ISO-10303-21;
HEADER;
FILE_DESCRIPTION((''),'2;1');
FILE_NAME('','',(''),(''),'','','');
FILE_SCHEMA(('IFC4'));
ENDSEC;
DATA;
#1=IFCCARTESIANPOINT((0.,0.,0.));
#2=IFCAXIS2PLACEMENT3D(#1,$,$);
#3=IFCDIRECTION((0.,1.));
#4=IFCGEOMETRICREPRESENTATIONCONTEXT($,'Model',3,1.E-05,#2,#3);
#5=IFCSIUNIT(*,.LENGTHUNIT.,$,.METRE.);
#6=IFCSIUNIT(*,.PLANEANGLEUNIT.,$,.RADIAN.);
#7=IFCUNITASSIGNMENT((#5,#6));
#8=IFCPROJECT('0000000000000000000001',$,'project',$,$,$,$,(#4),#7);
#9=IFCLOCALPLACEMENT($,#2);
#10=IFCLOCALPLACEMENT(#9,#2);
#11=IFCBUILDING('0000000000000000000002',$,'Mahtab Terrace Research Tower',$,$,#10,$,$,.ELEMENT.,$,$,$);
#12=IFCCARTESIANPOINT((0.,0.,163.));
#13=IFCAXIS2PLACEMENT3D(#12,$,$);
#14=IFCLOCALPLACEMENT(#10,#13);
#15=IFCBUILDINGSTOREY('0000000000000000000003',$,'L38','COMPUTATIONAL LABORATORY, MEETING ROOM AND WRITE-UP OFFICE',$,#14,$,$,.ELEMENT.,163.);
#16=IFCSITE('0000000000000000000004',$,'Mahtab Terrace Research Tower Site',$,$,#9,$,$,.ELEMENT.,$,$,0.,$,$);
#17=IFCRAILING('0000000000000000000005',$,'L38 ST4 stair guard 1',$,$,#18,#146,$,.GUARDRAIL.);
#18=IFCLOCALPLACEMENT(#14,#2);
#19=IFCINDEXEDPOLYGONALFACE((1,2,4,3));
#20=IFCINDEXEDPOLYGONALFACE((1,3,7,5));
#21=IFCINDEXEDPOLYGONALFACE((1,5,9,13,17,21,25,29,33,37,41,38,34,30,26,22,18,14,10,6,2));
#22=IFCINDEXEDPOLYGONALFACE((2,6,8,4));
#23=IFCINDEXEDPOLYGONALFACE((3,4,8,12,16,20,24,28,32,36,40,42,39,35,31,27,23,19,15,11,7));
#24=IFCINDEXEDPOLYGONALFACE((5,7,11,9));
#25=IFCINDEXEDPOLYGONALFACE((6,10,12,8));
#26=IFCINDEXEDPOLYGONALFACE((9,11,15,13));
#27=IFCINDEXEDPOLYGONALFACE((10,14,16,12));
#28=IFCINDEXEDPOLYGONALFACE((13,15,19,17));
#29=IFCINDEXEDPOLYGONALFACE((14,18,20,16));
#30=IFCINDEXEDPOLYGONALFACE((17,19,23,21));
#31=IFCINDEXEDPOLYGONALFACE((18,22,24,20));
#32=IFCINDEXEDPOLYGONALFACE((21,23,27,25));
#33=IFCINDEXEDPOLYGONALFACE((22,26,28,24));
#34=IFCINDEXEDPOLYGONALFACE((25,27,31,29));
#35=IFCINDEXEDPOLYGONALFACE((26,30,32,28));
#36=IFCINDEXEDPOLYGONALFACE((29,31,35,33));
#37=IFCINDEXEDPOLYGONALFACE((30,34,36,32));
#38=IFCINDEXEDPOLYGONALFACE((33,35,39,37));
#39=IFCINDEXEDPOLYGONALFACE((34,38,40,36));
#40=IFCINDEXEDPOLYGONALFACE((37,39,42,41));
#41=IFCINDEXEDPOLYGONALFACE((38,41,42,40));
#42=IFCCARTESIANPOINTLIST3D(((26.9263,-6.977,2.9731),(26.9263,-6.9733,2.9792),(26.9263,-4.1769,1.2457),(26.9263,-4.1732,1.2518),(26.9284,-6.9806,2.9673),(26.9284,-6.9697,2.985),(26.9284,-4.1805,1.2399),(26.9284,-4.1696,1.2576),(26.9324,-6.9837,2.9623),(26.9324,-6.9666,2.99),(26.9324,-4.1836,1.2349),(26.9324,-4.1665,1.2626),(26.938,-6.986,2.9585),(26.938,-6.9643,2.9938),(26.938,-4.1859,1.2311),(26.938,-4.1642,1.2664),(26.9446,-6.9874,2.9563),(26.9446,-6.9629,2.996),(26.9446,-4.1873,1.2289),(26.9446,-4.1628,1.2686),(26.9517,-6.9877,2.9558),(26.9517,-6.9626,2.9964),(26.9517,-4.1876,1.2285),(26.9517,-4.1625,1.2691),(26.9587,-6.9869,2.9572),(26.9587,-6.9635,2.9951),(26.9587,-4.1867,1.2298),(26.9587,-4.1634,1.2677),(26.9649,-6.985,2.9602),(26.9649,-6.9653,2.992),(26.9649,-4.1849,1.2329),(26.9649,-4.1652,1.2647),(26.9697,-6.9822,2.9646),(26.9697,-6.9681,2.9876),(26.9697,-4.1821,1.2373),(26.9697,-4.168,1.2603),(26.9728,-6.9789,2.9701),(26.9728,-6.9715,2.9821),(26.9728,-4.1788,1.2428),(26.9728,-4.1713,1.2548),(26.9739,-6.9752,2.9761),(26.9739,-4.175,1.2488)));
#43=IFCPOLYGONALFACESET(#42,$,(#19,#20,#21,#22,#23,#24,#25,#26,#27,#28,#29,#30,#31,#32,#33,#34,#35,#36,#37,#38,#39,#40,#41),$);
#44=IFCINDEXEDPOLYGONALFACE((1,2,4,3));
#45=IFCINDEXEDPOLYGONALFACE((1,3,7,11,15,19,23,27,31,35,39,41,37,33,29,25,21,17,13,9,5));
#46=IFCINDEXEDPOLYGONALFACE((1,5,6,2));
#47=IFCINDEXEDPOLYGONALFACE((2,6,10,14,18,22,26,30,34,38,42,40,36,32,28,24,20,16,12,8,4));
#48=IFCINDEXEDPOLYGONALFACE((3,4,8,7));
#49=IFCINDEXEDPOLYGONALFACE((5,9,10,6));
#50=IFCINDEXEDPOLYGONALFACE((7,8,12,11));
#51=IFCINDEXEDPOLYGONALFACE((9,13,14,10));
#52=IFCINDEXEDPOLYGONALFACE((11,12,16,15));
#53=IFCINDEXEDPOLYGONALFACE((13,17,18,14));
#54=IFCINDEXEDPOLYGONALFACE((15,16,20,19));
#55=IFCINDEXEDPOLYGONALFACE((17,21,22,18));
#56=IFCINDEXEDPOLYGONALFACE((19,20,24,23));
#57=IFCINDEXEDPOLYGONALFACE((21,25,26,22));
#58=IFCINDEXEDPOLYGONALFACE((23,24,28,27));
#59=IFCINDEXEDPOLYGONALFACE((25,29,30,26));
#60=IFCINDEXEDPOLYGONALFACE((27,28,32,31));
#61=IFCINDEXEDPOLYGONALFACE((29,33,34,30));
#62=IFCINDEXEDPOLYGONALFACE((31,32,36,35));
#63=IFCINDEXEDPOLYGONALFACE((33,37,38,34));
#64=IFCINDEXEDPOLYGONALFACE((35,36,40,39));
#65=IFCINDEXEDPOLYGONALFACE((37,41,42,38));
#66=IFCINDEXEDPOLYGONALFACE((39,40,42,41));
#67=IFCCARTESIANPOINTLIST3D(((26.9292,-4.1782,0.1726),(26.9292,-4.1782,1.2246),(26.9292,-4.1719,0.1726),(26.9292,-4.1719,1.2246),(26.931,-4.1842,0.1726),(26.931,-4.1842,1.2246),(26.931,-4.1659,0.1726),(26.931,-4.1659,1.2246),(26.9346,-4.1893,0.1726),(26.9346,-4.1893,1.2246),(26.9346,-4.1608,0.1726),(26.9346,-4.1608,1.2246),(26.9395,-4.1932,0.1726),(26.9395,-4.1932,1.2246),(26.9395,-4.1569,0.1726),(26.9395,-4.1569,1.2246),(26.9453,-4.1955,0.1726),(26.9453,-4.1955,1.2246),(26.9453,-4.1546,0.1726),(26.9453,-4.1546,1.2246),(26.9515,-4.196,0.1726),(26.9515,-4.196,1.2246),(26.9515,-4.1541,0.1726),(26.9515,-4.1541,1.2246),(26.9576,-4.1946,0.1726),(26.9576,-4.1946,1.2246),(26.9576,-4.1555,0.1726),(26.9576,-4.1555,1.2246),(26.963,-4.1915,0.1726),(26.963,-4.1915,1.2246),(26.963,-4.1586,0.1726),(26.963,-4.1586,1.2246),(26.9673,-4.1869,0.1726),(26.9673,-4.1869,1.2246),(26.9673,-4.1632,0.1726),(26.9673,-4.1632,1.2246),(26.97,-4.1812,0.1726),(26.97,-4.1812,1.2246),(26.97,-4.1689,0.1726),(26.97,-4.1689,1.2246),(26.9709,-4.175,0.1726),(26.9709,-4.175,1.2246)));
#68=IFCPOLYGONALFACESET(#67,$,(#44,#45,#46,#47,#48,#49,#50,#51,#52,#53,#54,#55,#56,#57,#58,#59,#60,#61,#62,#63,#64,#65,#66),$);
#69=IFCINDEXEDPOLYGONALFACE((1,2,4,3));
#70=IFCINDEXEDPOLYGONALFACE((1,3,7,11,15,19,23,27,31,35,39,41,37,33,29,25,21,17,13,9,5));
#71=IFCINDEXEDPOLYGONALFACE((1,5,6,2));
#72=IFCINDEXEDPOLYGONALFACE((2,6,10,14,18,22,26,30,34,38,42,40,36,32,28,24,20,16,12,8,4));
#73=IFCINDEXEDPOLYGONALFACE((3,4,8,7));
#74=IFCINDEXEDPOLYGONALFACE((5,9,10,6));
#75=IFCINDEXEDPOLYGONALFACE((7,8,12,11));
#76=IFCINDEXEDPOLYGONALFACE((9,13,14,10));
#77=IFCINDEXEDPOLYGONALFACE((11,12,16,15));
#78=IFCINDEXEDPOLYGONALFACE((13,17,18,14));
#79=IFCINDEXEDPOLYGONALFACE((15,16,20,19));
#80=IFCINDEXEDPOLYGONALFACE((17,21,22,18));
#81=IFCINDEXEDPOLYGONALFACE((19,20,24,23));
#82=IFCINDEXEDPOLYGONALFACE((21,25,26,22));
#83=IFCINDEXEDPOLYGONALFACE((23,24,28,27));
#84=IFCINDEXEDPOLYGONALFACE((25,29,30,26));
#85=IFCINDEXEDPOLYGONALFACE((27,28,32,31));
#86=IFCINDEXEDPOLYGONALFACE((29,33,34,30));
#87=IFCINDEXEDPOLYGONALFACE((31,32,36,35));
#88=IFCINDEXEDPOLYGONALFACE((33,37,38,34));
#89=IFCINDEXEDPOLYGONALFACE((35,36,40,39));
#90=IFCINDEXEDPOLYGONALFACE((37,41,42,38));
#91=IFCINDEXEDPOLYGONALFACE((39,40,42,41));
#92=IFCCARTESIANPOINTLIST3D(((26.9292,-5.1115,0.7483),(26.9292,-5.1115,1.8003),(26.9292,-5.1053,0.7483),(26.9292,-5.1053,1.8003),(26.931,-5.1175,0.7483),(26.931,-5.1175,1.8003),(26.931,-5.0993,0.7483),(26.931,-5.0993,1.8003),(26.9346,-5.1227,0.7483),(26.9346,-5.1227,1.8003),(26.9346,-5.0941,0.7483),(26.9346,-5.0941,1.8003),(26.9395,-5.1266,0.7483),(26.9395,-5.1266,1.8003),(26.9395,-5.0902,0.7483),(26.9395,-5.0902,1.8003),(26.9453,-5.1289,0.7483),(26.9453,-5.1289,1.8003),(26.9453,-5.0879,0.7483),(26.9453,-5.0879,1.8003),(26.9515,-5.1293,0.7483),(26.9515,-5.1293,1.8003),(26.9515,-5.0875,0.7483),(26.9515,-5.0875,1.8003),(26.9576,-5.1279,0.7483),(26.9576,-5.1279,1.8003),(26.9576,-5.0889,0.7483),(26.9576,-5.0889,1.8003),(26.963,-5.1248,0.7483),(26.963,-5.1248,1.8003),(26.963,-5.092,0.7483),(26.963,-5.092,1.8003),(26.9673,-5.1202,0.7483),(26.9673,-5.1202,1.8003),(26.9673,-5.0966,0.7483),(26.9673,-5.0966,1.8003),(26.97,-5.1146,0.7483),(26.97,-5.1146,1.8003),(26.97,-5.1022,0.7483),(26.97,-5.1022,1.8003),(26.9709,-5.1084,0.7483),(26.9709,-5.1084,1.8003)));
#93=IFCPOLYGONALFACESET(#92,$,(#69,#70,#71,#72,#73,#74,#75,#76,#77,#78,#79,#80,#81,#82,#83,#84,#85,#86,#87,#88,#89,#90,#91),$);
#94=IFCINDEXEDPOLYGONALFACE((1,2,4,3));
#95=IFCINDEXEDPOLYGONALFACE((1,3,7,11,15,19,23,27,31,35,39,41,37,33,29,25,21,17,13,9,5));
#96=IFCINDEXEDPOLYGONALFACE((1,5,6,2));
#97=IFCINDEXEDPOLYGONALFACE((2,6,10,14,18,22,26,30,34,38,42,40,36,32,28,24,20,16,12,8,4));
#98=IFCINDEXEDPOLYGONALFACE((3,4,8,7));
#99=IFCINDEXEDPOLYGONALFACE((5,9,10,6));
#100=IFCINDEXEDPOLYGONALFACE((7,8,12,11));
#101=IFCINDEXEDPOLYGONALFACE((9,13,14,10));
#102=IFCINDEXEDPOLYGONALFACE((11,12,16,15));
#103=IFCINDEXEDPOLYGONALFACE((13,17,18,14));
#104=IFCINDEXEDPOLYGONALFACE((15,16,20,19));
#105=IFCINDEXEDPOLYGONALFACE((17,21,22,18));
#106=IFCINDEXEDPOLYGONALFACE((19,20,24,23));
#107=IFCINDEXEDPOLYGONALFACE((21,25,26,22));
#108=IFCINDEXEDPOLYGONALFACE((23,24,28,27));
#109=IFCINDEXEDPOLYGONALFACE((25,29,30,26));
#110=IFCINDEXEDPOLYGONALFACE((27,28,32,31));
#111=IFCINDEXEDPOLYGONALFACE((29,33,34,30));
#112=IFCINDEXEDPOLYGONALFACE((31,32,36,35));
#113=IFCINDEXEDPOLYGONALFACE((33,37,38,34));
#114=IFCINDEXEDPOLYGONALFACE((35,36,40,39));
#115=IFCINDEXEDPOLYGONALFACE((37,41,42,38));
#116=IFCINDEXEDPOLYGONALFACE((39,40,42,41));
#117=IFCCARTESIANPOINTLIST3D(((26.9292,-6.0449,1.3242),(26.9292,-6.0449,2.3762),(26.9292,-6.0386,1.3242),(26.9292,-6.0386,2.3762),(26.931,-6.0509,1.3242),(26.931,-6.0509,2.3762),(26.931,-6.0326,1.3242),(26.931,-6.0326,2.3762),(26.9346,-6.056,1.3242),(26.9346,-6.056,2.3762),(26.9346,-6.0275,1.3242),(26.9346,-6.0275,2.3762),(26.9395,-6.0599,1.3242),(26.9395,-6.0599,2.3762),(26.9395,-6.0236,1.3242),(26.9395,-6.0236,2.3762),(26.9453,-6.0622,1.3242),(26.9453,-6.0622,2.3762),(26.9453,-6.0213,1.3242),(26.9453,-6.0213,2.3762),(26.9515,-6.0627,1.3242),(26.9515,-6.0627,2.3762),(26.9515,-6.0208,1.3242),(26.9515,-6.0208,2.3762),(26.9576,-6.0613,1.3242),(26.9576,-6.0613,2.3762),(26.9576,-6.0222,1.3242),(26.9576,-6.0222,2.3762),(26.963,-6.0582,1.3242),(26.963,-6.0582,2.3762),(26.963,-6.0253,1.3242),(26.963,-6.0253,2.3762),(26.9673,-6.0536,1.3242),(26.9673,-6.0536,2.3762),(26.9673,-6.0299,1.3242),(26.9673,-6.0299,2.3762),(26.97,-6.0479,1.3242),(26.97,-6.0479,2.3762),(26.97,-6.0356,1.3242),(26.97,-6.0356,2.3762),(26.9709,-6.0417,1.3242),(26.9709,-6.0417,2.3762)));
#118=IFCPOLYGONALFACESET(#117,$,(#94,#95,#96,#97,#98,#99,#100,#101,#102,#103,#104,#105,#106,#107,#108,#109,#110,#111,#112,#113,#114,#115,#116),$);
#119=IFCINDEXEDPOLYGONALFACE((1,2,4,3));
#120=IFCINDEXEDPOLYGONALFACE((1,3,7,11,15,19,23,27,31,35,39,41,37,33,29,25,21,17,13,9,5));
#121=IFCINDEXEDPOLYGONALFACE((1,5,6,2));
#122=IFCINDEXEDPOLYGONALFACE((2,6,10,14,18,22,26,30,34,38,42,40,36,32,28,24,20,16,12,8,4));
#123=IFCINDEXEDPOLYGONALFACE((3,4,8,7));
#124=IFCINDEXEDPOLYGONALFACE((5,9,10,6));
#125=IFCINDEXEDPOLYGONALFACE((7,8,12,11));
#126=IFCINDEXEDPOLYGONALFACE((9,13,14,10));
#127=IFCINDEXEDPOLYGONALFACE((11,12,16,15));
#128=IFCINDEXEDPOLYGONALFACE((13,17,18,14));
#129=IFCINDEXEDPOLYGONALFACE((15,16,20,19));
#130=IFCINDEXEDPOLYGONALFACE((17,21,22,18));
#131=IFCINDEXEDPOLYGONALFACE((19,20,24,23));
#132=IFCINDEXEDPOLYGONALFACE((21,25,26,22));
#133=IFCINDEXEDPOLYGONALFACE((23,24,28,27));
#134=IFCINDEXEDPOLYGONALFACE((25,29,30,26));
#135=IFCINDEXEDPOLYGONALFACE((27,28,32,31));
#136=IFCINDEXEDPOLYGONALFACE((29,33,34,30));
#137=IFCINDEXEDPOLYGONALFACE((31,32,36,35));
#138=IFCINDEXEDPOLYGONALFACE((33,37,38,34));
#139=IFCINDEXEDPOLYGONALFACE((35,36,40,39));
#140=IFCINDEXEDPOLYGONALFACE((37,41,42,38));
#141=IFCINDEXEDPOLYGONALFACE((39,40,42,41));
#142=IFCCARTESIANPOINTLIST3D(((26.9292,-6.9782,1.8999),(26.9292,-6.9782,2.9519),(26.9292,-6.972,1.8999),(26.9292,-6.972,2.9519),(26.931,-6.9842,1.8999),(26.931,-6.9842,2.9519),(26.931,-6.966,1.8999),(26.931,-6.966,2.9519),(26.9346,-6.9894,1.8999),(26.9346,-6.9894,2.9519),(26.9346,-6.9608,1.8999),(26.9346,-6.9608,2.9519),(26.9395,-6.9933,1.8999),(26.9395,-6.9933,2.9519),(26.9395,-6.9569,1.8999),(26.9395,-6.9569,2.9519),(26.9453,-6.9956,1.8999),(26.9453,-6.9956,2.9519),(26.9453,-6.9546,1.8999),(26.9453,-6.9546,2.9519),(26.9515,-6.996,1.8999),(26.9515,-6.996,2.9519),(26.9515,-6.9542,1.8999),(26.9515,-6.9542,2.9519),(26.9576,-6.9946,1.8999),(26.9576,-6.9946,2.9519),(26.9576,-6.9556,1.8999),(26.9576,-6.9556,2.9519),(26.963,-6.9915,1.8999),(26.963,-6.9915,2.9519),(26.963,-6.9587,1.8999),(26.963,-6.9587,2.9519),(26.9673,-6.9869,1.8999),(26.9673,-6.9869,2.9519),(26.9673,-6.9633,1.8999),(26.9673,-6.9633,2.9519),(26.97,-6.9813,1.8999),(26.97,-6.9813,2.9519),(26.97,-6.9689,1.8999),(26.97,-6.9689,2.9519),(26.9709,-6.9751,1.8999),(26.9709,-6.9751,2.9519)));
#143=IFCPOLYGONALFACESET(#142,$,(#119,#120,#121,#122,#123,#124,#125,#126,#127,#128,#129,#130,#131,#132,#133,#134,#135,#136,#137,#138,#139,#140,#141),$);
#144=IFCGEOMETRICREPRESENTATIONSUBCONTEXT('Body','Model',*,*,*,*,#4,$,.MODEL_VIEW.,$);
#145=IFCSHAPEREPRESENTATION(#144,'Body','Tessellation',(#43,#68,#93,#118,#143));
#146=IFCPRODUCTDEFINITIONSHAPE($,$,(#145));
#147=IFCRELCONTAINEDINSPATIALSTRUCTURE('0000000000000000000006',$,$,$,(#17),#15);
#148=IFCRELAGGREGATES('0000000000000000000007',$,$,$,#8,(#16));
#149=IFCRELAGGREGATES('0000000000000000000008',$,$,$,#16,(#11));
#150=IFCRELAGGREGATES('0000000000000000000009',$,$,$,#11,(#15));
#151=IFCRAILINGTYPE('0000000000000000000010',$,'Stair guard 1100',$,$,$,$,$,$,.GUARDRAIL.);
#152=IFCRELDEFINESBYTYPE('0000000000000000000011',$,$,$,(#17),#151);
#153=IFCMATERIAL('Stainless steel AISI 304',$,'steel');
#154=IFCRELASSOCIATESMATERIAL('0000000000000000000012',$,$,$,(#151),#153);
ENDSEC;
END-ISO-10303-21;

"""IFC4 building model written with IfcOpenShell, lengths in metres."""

from ifc_helpers import new_model, si_unit, direction, frame, origin, origin_2d, place, context, subcontext, project, spatial, circle, extrude, material, type_object, element, save


model = new_model("IFC4")

# Units and contexts
model_context = context("Model", 3, precision=1e-05, world=origin(), true_north=direction((0.0, 1.0)))
body_context = subcontext(model_context, "Body", "Model", "MODEL_VIEW")
ifc_project = project(units=[si_unit("LENGTHUNIT", "METRE"), si_unit("PLANEANGLEUNIT", "RADIAN")], contexts=[model_context])

# Site, building, storey
site_placement = place(None, origin())
site = spatial("IfcSite", under=ifc_project, at=site_placement, Name="Mahtab Terrace Research Tower Site", CompositionType="ELEMENT", RefElevation=0.0)
building_placement = place(site_placement, origin())
building = spatial("IfcBuilding", under=site, at=building_placement, Name="Mahtab Terrace Research Tower", CompositionType="ELEMENT")
storey_placement = place(building_placement, frame((0.0, 0.0, 163.0)))
storey = spatial("IfcBuildingStorey", under=building, at=storey_placement, Name="L38", Description="COMPUTATIONAL LABORATORY, MEETING ROOM AND WRITE-UP OFFICE", CompositionType="ELEMENT", Elevation=163.0)

# Railing
ifc_material_1 = material(Name="Stainless steel AISI 304", Category="steel")
railing_type_1 = type_object("IfcRailingType", Name="Stair guard 1100", PredefinedType="GUARDRAIL", material=ifc_material_1)
railing_1_placement = place(storey_placement, frame((26.95, -4.175, 0.1726)))
element("IfcRailing", 1, at=railing_1_placement, inside=storey, type_object=railing_type_1, Name="L38 ST4 stair guard 1", PredefinedType="GUARDRAIL", context=body_context, shape_type="SweptSolid", body=[
    extrude(circle(Radius=0.0239, at=origin_2d()), frame((0.0, 0.0, 1.0762), z_axis=(0.0, -0.85109, 0.52502), x_axis=(1.0, 0.0, 0.0)), (0.0, 0.0, 1.0), 3.29),
    extrude(circle(Radius=0.021, at=origin_2d()), origin(), (0.0, 0.0, 1.0), 1.052),
    extrude(circle(Radius=0.021, at=origin_2d()), frame((0.0, -0.9333, 0.5757)), (0.0, 0.0, 1.0), 1.052),
    extrude(circle(Radius=0.021, at=origin_2d()), frame((0.0, -1.8667, 1.1516)), (0.0, 0.0, 1.0), 1.052),
    extrude(circle(Radius=0.021, at=origin_2d()), frame((0.0, -2.8, 1.7273)), (0.0, 0.0, 1.0), 1.052),
])

save(model, "model.ifc")
